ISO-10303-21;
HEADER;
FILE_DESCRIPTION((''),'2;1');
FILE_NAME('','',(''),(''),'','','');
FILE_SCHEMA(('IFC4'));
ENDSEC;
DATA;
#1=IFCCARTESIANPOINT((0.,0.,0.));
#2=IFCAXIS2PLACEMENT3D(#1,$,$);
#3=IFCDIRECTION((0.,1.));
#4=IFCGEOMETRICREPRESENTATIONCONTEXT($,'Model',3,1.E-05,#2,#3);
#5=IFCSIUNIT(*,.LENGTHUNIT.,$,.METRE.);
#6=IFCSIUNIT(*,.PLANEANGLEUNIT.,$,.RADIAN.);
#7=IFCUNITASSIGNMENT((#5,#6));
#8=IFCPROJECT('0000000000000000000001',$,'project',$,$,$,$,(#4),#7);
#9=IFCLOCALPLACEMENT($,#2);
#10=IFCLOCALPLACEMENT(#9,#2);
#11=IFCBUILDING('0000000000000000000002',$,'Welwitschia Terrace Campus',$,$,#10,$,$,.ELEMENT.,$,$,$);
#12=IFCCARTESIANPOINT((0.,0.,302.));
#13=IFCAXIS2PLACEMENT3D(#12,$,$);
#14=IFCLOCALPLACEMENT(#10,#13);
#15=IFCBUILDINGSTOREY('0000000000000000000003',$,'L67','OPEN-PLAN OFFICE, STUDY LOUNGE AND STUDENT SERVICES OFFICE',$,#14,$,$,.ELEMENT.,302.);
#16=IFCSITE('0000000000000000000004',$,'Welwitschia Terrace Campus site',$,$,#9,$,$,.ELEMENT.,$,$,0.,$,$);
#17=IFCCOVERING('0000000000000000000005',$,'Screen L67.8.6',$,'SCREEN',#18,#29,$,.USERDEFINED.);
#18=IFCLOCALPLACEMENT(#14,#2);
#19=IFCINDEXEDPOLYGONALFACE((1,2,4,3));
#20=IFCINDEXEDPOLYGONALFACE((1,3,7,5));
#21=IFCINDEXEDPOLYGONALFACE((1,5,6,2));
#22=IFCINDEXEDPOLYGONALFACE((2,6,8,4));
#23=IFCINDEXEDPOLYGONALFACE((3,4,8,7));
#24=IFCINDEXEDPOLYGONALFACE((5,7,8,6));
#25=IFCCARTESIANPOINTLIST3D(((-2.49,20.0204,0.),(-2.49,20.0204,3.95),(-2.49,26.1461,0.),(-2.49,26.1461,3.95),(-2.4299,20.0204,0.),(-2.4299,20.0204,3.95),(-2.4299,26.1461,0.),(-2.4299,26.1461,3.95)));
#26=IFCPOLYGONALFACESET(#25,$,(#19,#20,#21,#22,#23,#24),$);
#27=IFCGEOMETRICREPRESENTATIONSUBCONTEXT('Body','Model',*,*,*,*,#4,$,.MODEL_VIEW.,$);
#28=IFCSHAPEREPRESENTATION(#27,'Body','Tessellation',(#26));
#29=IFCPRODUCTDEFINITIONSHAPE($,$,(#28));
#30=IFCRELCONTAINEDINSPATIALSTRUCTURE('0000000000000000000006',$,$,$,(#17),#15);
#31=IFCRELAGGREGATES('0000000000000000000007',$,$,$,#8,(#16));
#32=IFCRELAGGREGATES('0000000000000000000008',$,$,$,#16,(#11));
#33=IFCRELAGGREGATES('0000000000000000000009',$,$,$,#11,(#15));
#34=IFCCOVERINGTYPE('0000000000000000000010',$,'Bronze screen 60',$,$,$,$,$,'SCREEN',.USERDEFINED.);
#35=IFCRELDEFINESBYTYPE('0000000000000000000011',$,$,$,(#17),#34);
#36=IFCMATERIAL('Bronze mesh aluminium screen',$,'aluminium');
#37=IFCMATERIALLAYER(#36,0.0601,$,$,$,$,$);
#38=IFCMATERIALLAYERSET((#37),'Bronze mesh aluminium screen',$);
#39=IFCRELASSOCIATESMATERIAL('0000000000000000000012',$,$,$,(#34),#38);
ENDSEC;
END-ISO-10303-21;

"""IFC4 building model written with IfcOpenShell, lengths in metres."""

from ifc_helpers import new_model, si_unit, direction, frame, origin, origin_2d, place, context, subcontext, project, spatial, rectangle, extrude, material, layer, layer_set, type_object, element, save


model = new_model("IFC4")

# Units and contexts
model_context = context("Model", 3, precision=1e-05, world=origin(), true_north=direction((0.0, 1.0)))
body_context = subcontext(model_context, "Body", "Model", "MODEL_VIEW")
ifc_project = project(units=[si_unit("LENGTHUNIT", "METRE"), si_unit("PLANEANGLEUNIT", "RADIAN")], contexts=[model_context])

# Site, building, storey
site_placement = place(None, origin())
site = spatial("IfcSite", under=ifc_project, at=site_placement, Name="Welwitschia Terrace Campus site", CompositionType="ELEMENT", RefElevation=0.0)
building_placement = place(site_placement, origin())
building = spatial("IfcBuilding", under=site, at=building_placement, Name="Welwitschia Terrace Campus", CompositionType="ELEMENT")
storey_placement = place(building_placement, frame((0.0, 0.0, 302.0)))
storey = spatial("IfcBuildingStorey", under=building, at=storey_placement, Name="L67", Description="OPEN-PLAN OFFICE, STUDY LOUNGE AND STUDENT SERVICES OFFICE", CompositionType="ELEMENT", Elevation=302.0)

# Covering
ifc_material_1 = material(Name="Bronze mesh aluminium screen", Category="aluminium")
ifc_layer_1 = layer(ifc_material_1, 0.0601)
ifc_layer_set_1 = layer_set([ifc_layer_1], Name="Bronze mesh aluminium screen")
covering_type = type_object("IfcCoveringType", Name="Bronze screen 60", ElementType="SCREEN", PredefinedType="USERDEFINED", material=ifc_layer_set_1)
covering_placement = place(storey_placement, frame((-2.46, 23.0833, 0.0), z_axis=(0.0, 0.0, 1.0), x_axis=(0.0, -1.0, 0.0)))
element("IfcCovering", 1, at=covering_placement, inside=storey, type_object=covering_type, Name="Screen L67.8.6", ObjectType="SCREEN", PredefinedType="USERDEFINED", context=body_context, shape_type="SweptSolid", body=[
    extrude(rectangle(XDim=6.1257, YDim=0.0601, at=origin_2d()), origin(), (0.0, 0.0, 1.0), 3.95),
])

save(model, "model.ifc")
